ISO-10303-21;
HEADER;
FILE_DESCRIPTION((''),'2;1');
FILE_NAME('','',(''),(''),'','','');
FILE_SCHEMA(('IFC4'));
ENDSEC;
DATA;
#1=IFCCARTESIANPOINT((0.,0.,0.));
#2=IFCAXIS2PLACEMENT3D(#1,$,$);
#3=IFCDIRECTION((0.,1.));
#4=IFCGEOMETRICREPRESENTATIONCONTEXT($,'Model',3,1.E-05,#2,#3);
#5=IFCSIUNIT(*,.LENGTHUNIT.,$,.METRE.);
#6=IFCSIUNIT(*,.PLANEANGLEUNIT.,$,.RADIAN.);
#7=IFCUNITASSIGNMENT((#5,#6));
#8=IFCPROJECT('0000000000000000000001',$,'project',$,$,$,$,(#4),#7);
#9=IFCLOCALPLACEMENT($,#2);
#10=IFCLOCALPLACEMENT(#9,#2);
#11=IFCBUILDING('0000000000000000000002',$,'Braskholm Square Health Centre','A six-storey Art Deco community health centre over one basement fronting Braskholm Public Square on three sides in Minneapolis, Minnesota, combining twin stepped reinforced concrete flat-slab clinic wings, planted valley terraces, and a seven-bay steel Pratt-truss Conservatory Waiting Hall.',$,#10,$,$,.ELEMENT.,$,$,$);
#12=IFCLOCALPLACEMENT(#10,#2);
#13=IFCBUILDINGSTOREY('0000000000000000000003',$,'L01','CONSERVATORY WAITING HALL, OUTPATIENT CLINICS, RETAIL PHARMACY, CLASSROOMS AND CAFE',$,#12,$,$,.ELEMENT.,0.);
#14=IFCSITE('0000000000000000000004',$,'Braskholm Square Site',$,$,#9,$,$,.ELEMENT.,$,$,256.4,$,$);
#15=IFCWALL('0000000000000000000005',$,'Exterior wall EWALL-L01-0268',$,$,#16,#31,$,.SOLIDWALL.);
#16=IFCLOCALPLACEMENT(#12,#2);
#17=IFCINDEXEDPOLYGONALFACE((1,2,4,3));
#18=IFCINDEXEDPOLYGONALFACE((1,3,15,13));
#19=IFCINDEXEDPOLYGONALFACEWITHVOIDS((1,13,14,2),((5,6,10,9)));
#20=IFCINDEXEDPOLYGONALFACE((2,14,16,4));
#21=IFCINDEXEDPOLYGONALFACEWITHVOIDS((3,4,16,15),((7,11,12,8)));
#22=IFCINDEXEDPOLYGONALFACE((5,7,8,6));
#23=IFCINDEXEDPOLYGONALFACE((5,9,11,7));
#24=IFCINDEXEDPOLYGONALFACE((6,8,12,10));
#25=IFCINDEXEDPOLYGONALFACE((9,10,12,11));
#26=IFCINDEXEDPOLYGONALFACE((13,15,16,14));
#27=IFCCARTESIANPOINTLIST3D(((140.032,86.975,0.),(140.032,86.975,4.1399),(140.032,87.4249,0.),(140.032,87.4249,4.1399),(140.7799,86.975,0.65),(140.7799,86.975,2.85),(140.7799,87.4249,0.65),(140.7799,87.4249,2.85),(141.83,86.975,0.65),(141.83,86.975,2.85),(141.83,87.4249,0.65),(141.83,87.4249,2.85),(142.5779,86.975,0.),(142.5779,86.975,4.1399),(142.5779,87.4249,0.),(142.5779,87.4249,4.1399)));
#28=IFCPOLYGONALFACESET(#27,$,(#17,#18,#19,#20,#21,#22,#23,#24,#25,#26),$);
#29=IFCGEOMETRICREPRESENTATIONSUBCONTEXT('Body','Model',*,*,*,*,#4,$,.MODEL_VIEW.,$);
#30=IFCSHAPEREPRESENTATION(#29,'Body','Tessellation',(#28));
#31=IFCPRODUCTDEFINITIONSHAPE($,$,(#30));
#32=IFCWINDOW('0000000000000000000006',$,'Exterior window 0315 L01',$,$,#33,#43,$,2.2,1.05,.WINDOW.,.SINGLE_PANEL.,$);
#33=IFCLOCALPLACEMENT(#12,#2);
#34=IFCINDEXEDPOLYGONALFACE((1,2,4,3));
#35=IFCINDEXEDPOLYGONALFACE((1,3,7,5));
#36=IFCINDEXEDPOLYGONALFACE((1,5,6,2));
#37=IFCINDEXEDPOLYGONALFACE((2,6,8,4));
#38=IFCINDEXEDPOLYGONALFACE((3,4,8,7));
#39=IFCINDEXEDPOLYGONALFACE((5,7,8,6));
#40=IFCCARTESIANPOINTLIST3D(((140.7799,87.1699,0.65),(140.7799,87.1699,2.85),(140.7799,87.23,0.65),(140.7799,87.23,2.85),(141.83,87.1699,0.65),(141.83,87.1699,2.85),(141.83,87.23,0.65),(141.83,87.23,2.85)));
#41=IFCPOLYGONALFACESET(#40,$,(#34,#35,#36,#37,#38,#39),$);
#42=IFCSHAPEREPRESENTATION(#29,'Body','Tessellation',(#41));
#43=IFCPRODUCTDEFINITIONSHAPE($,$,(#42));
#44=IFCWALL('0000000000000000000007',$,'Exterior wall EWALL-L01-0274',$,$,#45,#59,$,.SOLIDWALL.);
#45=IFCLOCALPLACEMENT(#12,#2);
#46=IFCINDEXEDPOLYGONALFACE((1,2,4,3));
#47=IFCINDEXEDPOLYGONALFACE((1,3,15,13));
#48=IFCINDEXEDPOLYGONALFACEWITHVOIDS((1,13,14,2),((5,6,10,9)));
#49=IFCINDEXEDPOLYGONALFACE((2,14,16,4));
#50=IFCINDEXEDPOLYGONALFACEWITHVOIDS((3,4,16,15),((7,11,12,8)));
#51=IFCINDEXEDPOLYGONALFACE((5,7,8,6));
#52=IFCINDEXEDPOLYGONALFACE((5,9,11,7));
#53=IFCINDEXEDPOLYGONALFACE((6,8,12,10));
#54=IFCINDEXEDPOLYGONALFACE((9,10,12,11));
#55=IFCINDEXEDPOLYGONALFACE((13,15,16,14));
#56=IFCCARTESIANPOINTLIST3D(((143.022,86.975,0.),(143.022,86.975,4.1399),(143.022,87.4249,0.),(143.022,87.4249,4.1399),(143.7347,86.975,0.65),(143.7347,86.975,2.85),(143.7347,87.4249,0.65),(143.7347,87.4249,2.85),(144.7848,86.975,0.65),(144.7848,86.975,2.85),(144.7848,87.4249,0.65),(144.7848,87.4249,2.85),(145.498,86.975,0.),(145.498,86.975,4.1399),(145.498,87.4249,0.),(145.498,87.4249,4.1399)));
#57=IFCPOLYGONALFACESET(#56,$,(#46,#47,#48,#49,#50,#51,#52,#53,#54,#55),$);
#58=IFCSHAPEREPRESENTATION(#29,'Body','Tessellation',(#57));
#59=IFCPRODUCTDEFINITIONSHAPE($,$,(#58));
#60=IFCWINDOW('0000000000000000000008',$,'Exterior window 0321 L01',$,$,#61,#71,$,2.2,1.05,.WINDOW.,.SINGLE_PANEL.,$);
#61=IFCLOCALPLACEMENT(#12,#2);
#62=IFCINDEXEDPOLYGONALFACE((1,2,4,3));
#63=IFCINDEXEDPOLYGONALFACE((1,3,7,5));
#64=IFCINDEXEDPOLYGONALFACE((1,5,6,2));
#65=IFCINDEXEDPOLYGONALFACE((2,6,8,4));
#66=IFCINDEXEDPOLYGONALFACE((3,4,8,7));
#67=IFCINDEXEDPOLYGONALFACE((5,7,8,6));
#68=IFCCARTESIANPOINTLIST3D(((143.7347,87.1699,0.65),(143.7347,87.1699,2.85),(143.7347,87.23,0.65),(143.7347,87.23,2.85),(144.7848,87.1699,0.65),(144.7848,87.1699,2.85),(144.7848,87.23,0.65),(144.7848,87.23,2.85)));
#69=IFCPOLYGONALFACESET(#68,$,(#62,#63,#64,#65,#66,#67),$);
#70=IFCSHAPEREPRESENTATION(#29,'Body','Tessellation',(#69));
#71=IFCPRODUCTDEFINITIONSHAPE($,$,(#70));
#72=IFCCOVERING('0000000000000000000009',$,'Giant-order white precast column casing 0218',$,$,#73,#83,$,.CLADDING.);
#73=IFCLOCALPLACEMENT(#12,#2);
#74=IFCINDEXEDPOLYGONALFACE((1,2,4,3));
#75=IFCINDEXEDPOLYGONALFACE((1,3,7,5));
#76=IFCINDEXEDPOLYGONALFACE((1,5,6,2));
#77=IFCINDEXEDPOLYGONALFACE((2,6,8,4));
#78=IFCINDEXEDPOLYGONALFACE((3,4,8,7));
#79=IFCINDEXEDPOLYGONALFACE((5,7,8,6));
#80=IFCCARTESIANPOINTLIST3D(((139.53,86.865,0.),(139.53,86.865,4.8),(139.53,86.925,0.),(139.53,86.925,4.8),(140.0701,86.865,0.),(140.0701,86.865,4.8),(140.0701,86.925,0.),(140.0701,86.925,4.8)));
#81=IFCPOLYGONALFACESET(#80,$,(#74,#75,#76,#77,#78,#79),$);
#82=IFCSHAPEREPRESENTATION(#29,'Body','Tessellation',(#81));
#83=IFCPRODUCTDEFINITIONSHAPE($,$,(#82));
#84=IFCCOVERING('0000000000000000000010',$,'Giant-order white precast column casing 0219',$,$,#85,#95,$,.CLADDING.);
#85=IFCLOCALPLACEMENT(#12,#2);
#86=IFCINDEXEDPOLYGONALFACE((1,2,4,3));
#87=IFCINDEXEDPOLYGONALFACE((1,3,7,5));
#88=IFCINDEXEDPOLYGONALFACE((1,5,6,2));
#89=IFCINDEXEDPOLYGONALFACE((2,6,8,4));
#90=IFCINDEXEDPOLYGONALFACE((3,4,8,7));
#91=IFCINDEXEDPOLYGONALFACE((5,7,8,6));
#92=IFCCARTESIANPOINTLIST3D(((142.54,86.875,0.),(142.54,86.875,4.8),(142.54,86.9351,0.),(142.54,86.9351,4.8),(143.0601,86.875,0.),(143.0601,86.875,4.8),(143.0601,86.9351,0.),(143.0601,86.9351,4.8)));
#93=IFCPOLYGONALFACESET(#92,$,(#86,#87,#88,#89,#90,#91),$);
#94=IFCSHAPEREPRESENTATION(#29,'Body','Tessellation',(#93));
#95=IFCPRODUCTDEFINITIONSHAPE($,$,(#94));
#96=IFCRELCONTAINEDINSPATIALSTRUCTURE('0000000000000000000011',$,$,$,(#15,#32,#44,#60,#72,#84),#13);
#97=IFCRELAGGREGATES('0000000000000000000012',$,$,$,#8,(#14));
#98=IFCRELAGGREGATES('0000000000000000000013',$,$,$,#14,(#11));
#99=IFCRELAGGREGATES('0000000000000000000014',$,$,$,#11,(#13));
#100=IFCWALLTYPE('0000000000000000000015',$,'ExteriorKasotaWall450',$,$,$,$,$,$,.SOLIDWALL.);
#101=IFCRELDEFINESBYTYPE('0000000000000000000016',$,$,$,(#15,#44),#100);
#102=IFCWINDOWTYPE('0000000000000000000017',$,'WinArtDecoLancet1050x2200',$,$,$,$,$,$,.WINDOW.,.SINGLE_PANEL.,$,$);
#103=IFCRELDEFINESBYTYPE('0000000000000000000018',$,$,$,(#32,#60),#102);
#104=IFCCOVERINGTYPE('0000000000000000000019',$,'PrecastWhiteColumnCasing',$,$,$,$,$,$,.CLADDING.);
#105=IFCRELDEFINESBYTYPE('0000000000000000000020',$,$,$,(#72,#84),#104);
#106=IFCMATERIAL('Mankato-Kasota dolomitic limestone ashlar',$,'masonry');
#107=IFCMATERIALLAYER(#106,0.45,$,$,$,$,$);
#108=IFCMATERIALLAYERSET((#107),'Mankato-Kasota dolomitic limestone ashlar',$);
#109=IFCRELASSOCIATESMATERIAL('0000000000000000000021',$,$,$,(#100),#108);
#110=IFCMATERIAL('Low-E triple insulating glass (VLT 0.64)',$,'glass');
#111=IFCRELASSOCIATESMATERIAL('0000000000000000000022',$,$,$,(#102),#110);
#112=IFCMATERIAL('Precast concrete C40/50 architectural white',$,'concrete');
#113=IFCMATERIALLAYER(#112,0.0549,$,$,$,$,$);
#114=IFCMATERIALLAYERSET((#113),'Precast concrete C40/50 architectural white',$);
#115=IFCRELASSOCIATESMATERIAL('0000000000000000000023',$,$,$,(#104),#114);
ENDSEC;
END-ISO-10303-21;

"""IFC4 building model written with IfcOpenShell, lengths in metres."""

from ifc_helpers import new_model, si_unit, direction, frame, frame_2d, origin, origin_with_axes, origin_2d, place, context, subcontext, project, spatial, rectangle, extrude, material, layer, layer_set, type_object, element, fill, save


model = new_model("IFC4")

# Units and contexts
model_context = context("Model", 3, precision=1e-05, world=origin(), true_north=direction((0.0, 1.0)))
body_context = subcontext(model_context, "Body", "Model", "MODEL_VIEW")
ifc_project = project(units=[si_unit("LENGTHUNIT", "METRE"), si_unit("PLANEANGLEUNIT", "RADIAN")], contexts=[model_context])

# Site, building, storey
site_placement = place(None, origin())
site = spatial("IfcSite", under=ifc_project, at=site_placement, Name="Braskholm Square Site", CompositionType="ELEMENT", RefElevation=256.4)
building_placement = place(site_placement, origin())
building = spatial("IfcBuilding", under=site, at=building_placement, Name="Braskholm Square Health Centre", Description="A six-storey Art Deco community health centre over one basement fronting Braskholm Public Square on three sides in Minneapolis, Minnesota, combining twin stepped reinforced concrete flat-slab clinic wings, planted valley terraces, and a seven-bay steel Pratt-truss Conservatory Waiting Hall.", CompositionType="ELEMENT")
storey_placement = place(building_placement, origin())
storey = spatial("IfcBuildingStorey", under=building, at=storey_placement, Name="L01", Description="CONSERVATORY WAITING HALL, OUTPATIENT CLINICS, RETAIL PHARMACY, CLASSROOMS AND CAFE", CompositionType="ELEMENT", Elevation=0.0)

# Shared definitions
ifc_material_1 = material(Name="Precast concrete C40/50 architectural white", Category="concrete")

# Shared definitions
ifc_material_2 = material(Name="Mankato-Kasota dolomitic limestone ashlar", Category="masonry")
ifc_layer_1 = layer(ifc_material_2, 0.45)
ifc_layer_set_1 = layer_set([ifc_layer_1], Name="Mankato-Kasota dolomitic limestone ashlar")
wall_type_1 = type_object("IfcWallType", Name="ExteriorKasotaWall450", PredefinedType="SOLIDWALL", material=ifc_layer_set_1)
ifc_material_3 = material(Name="Low-E triple insulating glass (VLT 0.64)", Category="glass")

# Walls, openings, windows
wall_1_placement = place(storey_placement, frame((140.032, 87.2, 0.0), z_axis=(0.0, 0.0, 1.0), x_axis=(1.0, 0.0, 0.0)))
wall_1 = element("IfcWall", 1, at=wall_1_placement, inside=storey, type_object=wall_type_1, Name="Exterior wall EWALL-L01-0268", PredefinedType="SOLIDWALL", context=body_context, shape_type="SweptSolid", body=[
    extrude(rectangle(XDim=2.5459, YDim=0.45, at=frame_2d((1.2729, 0.0))), origin(), (0.0, 0.0, 1.0), 4.1399),
])
opening_1_placement = place(wall_1_placement, frame((0.748, 0.0, 0.6499)))
opening_1 = element("IfcOpeningElement", 2, at=opening_1_placement, cuts=wall_1, PredefinedType="OPENING", context=body_context, shape_type="SweptSolid", body=[
    extrude(rectangle(XDim=1.05, YDim=2.2, at=frame_2d((0.5249, 1.1001))), frame((0.0, 0.2349, 0.0), z_axis=(0.0, -1.0, 0.0), x_axis=(1.0, 0.0, 0.0)), (0.0, 0.0, 1.0), 0.47),
])
window_type_1 = type_object("IfcWindowType", Name="WinArtDecoLancet1050x2200", PartitioningType="SINGLE_PANEL", PredefinedType="WINDOW", material=ifc_material_3)
window_1_placement = place(opening_1_placement, origin_with_axes())
window_1 = element("IfcWindow", 3, at=window_1_placement, inside=storey, type_object=window_type_1, Name="Exterior window 0315 L01", OverallHeight=2.2, OverallWidth=1.05, PartitioningType="SINGLE_PANEL", PredefinedType="WINDOW", context=body_context, shape_type="SweptSolid", body=[
    extrude(rectangle(XDim=1.05, YDim=2.2, at=frame_2d((0.5249, 1.1001))), frame((0.0, 0.03, 0.0), z_axis=(0.0, -1.0, 0.0), x_axis=(1.0, 0.0, 0.0)), (0.0, 0.0, 1.0), 0.0601),
])
fill(opening_1, window_1)
wall_2_placement = place(storey_placement, frame((143.022, 87.2, 0.0), z_axis=(0.0, 0.0, 1.0), x_axis=(1.0, 0.0, 0.0)))
wall_2 = element("IfcWall", 4, at=wall_2_placement, inside=storey, type_object=wall_type_1, Name="Exterior wall EWALL-L01-0274", PredefinedType="SOLIDWALL", context=body_context, shape_type="SweptSolid", body=[
    extrude(rectangle(XDim=2.4761, YDim=0.45, at=frame_2d((1.238, 0.0))), origin(), (0.0, 0.0, 1.0), 4.1399),
])
opening_2_placement = place(wall_2_placement, frame((0.7129, 0.0, 0.6499)))
opening_2 = element("IfcOpeningElement", 5, at=opening_2_placement, cuts=wall_2, PredefinedType="OPENING", context=body_context, shape_type="SweptSolid", body=[
    extrude(rectangle(XDim=1.05, YDim=2.2, at=frame_2d((0.5249, 1.1001))), frame((0.0, 0.2349, 0.0), z_axis=(0.0, -1.0, 0.0), x_axis=(1.0, 0.0, 0.0)), (0.0, 0.0, 1.0), 0.47),
])
window_2_placement = place(opening_2_placement, origin_with_axes())
window_2 = element("IfcWindow", 6, at=window_2_placement, inside=storey, type_object=window_type_1, Name="Exterior window 0321 L01", OverallHeight=2.2, OverallWidth=1.05, PartitioningType="SINGLE_PANEL", PredefinedType="WINDOW", context=body_context, shape_type="SweptSolid", body=[
    extrude(rectangle(XDim=1.05, YDim=2.2, at=frame_2d((0.5249, 1.1001))), frame((0.0, 0.03, 0.0), z_axis=(0.0, -1.0, 0.0), x_axis=(1.0, 0.0, 0.0)), (0.0, 0.0, 1.0), 0.0601),
])
fill(opening_2, window_2)

# Coverings
ifc_layer_2 = layer(ifc_material_1, 0.0549)
ifc_layer_set_2 = layer_set([ifc_layer_2], Name="Precast concrete C40/50 architectural white")
covering_type = type_object("IfcCoveringType", Name="PrecastWhiteColumnCasing", PredefinedType="CLADDING", material=ifc_layer_set_2)
covering_1_placement = place(storey_placement, frame((139.8, 86.895, 0.0), z_axis=(0.0, 0.0, 1.0), x_axis=(1.0, 0.0, 0.0)))
element("IfcCovering", 7, at=covering_1_placement, inside=storey, type_object=covering_type, Name="Giant-order white precast column casing 0218", PredefinedType="CLADDING", context=body_context, shape_type="SweptSolid", body=[
    extrude(rectangle(XDim=0.54, YDim=0.0601, at=origin_2d()), origin(), (0.0, 0.0, 1.0), 4.8),
])
covering_2_placement = place(storey_placement, frame((142.8, 86.905, 0.0), z_axis=(0.0, 0.0, 1.0), x_axis=(1.0, 0.0, 0.0)))
element("IfcCovering", 8, at=covering_2_placement, inside=storey, type_object=covering_type, Name="Giant-order white precast column casing 0219", PredefinedType="CLADDING", context=body_context, shape_type="SweptSolid", body=[
    extrude(rectangle(XDim=0.52, YDim=0.0601, at=origin_2d()), origin(), (0.0, 0.0, 1.0), 4.8),
])

save(model, "model.ifc")
